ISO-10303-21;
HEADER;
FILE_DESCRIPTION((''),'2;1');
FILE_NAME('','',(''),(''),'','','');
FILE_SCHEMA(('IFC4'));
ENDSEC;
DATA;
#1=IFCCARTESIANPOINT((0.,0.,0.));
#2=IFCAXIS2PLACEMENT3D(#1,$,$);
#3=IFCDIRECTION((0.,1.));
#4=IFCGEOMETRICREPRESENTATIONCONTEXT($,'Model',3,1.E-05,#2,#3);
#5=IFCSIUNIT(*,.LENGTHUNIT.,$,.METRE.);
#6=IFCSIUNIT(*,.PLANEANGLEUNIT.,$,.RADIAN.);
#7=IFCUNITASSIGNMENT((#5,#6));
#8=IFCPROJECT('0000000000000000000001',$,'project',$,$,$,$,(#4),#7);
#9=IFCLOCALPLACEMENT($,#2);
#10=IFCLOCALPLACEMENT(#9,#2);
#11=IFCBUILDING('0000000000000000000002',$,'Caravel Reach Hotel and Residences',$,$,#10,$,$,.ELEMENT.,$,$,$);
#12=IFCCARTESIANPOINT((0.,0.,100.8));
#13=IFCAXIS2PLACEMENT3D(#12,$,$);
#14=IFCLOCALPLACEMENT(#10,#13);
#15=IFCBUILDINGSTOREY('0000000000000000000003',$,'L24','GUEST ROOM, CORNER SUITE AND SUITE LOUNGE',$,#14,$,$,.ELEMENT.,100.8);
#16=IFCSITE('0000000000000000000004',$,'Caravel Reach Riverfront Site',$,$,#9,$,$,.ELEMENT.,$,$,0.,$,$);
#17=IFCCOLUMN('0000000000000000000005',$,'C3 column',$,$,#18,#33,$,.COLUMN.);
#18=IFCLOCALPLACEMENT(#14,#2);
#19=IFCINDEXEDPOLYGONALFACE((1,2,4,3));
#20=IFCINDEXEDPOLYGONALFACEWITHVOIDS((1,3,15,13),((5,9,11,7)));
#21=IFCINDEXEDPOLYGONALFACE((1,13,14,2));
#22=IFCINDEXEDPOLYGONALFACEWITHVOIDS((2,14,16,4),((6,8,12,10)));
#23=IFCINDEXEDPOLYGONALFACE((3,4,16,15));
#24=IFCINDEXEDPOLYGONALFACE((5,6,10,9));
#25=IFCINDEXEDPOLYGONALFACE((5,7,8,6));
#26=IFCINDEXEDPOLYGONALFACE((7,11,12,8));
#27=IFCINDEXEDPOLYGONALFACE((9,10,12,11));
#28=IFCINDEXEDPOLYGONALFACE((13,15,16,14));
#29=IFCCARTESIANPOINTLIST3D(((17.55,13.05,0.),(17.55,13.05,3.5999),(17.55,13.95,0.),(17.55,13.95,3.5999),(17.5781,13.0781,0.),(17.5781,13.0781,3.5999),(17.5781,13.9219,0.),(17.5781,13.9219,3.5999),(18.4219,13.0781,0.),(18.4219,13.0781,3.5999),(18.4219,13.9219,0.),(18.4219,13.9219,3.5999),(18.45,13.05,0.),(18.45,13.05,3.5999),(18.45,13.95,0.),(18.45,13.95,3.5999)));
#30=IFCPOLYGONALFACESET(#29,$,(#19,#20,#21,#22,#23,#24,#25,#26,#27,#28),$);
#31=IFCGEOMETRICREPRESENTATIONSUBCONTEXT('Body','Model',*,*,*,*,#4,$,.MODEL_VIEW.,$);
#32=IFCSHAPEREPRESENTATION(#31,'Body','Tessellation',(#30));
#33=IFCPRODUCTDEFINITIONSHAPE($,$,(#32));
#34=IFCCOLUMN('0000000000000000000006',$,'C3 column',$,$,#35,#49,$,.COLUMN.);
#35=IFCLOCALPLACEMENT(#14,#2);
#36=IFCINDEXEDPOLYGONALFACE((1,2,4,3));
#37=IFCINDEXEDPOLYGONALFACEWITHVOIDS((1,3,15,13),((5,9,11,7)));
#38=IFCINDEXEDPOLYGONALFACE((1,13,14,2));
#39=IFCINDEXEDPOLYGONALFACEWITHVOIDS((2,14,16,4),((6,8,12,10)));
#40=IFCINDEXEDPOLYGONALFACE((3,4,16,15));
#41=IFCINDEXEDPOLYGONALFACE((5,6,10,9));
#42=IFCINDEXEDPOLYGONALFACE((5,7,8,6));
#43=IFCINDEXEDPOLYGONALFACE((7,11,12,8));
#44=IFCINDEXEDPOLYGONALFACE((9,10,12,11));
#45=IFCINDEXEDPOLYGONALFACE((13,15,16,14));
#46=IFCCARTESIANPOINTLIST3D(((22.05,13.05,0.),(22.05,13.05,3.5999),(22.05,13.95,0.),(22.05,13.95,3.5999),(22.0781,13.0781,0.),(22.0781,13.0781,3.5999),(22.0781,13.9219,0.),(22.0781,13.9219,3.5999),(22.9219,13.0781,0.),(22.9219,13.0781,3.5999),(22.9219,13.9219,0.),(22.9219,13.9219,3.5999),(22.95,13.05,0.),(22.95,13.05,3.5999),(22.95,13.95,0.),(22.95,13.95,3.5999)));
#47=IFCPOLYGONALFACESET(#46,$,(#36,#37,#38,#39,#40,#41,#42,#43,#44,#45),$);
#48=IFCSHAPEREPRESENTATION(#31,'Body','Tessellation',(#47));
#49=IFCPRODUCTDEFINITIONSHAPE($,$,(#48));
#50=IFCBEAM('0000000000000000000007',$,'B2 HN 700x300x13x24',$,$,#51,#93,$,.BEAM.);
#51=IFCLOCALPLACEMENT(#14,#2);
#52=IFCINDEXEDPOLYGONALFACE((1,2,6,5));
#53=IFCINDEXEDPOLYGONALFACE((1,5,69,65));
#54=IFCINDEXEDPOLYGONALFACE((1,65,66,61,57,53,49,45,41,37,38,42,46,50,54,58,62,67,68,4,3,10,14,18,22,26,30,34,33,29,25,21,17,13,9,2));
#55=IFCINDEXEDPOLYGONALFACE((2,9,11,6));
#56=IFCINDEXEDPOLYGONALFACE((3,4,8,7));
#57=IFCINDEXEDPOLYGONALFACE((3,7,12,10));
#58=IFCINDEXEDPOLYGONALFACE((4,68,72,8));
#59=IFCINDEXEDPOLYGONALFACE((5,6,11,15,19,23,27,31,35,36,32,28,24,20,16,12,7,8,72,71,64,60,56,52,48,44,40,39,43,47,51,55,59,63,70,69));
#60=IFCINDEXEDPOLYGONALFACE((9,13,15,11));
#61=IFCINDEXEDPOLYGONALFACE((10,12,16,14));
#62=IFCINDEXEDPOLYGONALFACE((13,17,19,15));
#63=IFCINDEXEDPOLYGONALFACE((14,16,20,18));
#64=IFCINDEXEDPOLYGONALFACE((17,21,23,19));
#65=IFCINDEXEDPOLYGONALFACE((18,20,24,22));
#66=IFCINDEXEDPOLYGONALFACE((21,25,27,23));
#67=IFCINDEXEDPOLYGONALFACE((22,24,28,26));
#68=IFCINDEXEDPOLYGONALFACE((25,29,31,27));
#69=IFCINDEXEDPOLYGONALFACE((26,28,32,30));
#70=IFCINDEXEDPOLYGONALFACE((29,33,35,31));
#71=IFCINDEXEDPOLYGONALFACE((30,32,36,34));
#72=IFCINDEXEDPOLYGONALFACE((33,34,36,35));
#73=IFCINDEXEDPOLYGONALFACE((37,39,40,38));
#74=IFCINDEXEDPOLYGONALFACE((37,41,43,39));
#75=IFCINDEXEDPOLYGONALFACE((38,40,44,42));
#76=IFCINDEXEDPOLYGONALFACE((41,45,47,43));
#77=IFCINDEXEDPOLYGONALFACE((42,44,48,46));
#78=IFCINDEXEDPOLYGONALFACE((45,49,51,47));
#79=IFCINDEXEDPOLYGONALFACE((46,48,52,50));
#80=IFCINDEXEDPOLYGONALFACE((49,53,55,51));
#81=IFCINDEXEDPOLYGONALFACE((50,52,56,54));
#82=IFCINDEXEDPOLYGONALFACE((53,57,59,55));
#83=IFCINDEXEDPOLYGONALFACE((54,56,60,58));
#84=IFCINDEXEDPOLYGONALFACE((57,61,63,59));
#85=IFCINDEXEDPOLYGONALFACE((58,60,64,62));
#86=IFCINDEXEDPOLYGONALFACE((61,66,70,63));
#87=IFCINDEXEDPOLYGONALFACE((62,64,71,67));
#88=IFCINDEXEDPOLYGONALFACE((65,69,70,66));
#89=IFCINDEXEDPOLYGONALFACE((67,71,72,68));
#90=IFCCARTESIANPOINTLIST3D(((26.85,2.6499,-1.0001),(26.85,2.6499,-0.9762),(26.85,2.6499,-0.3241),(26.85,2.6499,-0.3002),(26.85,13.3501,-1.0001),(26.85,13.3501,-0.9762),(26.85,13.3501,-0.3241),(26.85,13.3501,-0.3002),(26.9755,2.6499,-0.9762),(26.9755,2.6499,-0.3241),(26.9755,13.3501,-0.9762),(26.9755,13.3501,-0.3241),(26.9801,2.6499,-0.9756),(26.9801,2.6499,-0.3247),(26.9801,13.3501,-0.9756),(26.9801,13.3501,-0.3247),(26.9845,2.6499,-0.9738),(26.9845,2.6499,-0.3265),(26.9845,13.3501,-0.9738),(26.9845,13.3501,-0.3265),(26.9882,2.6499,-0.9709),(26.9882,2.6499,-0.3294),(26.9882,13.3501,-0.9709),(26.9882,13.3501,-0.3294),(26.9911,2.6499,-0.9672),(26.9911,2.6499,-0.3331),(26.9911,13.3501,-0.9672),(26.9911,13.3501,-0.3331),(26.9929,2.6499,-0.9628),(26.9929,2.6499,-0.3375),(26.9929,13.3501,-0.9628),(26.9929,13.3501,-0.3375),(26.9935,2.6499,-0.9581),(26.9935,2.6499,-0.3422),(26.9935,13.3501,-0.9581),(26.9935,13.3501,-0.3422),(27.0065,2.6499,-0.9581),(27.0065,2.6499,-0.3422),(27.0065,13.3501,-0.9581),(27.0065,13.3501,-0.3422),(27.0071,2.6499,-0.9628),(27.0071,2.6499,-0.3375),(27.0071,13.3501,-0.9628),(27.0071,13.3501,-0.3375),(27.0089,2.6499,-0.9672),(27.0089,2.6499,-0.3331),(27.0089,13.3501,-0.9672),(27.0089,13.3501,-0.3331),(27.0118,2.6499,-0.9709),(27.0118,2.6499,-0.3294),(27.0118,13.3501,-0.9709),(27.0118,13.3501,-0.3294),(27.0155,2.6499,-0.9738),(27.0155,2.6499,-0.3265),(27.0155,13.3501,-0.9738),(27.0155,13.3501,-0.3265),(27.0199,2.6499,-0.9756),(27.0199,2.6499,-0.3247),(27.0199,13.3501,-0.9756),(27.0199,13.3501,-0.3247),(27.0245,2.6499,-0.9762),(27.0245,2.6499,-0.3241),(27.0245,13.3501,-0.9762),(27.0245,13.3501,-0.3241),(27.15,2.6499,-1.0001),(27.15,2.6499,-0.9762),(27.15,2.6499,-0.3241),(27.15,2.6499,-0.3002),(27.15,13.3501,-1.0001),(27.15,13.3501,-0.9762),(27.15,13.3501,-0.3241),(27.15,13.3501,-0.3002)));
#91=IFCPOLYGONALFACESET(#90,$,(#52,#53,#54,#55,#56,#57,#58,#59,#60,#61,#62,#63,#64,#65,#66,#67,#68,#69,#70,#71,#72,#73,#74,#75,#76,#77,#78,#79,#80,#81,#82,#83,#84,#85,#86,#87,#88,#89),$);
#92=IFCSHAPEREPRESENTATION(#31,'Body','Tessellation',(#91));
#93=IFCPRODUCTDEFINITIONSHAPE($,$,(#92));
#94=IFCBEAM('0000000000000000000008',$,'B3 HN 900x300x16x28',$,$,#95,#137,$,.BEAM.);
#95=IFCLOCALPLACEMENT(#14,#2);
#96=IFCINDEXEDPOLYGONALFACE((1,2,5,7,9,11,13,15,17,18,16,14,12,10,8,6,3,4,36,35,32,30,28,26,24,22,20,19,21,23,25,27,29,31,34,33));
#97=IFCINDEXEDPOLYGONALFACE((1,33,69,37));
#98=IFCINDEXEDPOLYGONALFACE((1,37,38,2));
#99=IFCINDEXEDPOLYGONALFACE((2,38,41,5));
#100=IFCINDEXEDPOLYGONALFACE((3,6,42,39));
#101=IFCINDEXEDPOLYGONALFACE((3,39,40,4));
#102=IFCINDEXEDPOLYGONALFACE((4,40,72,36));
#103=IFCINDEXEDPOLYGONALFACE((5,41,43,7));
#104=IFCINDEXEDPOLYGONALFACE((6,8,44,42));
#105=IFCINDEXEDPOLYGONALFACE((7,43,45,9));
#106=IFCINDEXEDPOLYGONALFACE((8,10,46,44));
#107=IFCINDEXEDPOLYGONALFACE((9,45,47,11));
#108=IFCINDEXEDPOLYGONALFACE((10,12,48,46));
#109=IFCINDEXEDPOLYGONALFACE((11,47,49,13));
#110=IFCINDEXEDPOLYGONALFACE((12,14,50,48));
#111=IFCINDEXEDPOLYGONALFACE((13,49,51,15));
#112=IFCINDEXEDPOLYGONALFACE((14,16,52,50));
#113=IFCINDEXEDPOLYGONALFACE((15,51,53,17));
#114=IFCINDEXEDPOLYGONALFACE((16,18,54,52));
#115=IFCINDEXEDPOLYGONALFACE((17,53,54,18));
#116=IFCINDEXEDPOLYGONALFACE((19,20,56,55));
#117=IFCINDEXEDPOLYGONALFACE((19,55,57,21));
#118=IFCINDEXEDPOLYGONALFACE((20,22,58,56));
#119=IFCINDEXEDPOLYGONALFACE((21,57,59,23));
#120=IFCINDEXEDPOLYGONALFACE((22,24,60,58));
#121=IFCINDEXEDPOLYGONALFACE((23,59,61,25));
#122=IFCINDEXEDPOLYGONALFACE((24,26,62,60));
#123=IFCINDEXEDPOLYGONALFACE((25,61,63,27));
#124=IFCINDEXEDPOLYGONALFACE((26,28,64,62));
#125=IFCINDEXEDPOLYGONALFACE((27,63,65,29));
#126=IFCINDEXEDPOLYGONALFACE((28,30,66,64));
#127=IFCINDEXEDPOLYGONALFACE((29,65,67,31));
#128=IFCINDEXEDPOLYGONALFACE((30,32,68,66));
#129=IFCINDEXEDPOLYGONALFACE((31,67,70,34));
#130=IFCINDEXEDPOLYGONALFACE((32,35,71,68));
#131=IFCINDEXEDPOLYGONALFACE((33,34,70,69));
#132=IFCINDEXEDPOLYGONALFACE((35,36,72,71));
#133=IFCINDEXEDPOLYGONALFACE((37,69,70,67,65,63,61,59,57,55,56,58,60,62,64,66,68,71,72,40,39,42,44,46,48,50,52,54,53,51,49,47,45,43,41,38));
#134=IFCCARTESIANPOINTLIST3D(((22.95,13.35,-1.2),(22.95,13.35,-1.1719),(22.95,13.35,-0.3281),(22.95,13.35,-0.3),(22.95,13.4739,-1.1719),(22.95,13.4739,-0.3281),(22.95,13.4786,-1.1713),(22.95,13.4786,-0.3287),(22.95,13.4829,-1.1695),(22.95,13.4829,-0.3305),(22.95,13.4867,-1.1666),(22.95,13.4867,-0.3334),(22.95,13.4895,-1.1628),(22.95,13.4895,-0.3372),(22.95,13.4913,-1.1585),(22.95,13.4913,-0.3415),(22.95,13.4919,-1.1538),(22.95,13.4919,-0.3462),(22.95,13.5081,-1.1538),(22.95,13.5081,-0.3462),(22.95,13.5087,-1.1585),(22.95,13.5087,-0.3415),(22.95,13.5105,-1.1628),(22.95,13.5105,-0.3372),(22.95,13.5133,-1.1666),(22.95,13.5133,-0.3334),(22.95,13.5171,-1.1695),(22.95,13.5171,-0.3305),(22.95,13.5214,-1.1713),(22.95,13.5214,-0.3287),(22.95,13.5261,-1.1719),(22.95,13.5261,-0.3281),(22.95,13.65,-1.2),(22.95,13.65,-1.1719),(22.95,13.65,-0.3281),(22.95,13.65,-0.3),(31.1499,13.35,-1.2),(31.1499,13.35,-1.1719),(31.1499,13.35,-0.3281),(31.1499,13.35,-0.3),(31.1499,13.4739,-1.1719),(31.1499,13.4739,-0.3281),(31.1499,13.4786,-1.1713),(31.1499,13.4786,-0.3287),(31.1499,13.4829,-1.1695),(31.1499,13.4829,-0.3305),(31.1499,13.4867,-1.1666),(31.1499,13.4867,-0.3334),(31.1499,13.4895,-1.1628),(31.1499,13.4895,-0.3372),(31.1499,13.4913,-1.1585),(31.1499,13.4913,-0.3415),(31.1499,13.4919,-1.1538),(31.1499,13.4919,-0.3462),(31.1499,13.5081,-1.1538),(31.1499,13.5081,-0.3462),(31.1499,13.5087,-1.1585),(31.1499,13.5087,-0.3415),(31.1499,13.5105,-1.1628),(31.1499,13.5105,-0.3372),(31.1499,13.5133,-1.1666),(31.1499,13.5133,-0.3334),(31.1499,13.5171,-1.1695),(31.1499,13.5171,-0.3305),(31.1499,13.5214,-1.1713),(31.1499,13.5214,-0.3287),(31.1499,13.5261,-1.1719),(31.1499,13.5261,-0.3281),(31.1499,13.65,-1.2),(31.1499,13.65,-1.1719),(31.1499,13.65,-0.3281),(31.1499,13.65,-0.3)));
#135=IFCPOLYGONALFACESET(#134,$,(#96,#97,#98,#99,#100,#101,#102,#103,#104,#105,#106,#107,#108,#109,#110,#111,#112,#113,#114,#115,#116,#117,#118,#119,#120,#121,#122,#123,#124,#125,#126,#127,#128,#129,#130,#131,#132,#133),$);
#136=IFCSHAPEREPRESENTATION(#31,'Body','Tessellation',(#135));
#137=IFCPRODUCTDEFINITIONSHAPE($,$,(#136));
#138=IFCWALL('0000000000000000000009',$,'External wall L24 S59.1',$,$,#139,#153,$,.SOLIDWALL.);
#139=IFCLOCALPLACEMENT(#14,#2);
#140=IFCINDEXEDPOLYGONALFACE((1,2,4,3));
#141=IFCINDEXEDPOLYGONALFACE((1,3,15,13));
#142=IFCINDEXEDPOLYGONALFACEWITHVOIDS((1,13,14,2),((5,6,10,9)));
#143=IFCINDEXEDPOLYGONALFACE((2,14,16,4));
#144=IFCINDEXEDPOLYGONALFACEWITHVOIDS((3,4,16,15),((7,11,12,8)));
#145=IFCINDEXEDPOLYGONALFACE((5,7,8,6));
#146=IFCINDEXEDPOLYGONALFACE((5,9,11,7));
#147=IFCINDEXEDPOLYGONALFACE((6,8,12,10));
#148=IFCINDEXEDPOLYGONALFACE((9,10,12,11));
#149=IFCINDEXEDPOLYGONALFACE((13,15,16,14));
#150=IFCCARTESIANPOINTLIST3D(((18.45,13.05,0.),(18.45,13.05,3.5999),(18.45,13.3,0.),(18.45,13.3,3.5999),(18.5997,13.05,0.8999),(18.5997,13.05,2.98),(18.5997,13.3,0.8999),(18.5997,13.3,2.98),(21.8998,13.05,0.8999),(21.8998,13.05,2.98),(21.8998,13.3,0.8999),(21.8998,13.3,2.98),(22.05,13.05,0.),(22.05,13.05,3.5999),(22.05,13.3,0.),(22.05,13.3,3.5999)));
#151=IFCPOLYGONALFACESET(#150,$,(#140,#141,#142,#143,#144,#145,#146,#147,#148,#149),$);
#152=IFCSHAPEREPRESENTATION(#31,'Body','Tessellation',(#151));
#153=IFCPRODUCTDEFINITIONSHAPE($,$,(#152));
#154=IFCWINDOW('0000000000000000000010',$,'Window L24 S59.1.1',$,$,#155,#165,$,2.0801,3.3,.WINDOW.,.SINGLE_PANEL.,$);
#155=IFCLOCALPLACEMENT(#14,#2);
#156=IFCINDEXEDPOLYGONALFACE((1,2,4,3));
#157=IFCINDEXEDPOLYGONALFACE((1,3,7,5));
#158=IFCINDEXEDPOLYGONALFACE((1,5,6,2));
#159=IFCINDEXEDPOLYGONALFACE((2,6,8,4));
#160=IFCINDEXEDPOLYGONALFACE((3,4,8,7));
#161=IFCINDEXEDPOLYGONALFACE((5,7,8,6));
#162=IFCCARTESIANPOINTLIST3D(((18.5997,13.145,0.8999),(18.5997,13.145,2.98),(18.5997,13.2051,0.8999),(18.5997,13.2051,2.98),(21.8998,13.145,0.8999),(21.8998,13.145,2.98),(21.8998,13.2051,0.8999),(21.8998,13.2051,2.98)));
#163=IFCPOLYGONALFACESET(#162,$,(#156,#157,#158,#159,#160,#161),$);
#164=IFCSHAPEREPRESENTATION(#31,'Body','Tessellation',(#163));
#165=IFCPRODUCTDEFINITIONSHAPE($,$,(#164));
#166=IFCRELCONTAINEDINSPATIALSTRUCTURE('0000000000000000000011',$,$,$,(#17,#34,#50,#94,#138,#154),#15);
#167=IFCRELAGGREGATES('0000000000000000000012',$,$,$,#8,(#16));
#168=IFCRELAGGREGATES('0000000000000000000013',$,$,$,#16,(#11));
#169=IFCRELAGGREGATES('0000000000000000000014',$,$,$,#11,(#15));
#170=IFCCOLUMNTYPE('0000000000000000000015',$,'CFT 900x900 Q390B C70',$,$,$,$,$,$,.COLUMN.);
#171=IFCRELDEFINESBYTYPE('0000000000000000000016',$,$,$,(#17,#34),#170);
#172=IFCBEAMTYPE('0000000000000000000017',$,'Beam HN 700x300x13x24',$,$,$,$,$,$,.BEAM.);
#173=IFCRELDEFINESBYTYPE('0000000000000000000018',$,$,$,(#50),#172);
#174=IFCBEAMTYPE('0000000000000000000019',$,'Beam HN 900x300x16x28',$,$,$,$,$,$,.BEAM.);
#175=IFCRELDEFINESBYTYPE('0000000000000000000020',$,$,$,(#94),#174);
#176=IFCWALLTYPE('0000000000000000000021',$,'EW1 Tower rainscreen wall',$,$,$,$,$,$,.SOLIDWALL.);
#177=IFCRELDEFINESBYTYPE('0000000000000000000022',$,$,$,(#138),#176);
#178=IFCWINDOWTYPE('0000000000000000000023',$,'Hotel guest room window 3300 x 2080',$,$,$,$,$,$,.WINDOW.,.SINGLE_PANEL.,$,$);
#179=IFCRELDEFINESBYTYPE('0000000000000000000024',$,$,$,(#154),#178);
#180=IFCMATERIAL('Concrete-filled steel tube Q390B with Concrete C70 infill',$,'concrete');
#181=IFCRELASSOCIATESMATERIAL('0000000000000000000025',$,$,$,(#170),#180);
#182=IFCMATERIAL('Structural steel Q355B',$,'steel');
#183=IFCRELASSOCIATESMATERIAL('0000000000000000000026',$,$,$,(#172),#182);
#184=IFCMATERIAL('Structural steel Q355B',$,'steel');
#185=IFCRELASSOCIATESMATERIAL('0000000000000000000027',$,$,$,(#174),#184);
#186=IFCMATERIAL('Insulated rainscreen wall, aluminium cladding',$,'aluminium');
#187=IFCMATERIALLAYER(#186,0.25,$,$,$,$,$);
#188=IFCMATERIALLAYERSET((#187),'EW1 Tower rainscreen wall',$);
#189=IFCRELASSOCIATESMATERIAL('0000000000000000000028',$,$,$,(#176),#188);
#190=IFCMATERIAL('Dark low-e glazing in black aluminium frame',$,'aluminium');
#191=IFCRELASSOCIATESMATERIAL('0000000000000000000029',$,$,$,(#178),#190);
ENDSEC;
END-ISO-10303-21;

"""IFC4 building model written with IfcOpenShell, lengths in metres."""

from ifc_helpers import new_model, si_unit, direction, frame, frame_2d, origin, origin_2d, place, context, subcontext, project, spatial, rectangle, hollow_rectangle, i_section, extrude, material, layer, layer_set, material_profile, profile_set, type_object, element, fill, save


model = new_model("IFC4")

# Units and contexts
model_context = context("Model", 3, precision=1e-05, world=origin(), true_north=direction((0.0, 1.0)))
body_context = subcontext(model_context, "Body", "Model", "MODEL_VIEW")
ifc_project = project(units=[si_unit("LENGTHUNIT", "METRE"), si_unit("PLANEANGLEUNIT", "RADIAN")], contexts=[model_context])

# Site, building, storey
site_placement = place(None, origin())
site = spatial("IfcSite", under=ifc_project, at=site_placement, Name="Caravel Reach Riverfront Site", CompositionType="ELEMENT", RefElevation=0.0)
building_placement = place(site_placement, origin())
building = spatial("IfcBuilding", under=site, at=building_placement, Name="Caravel Reach Hotel and Residences", CompositionType="ELEMENT")
storey_placement = place(building_placement, frame((0.0, 0.0, 100.8)))
storey = spatial("IfcBuildingStorey", under=building, at=storey_placement, Name="L24", Description="GUEST ROOM, CORNER SUITE AND SUITE LOUNGE", CompositionType="ELEMENT", Elevation=100.8)

# Columns
ifc_material_1 = material(Name="Concrete-filled steel tube Q390B with Concrete C70 infill", Category="concrete")
ifc_material_profile_1 = material_profile(ifc_material_1, hollow_rectangle(XDim=0.8999, YDim=0.8999, WallThickness=0.0281, at=origin_2d()), Name="RHS 900x900x28")
ifc_profile_set_1 = profile_set([ifc_material_profile_1], Name="Concrete-filled steel tube Q390B with Concrete C70 infill")
column_type = type_object("IfcColumnType", Name="CFT 900x900 Q390B C70", PredefinedType="COLUMN", material=ifc_profile_set_1)
for number, where, z_axis, x_axis, name in (
    (1, (18.0, 13.5, 0.0), (0.0, 0.0, 1.0), (1.0, 0.0, 0.0), "C3 column"),
    (2, (22.5, 13.5, 0.0), (0.0, 0.0, 1.0), (1.0, 0.0, 0.0), "C3 column"),
):
    element("IfcColumn", number, at=place(storey_placement, frame(where, z_axis=z_axis, x_axis=x_axis)), inside=storey, type_object=column_type, Name=name, PredefinedType="COLUMN", context=body_context, shape_type="SweptSolid", body=[
        extrude(hollow_rectangle(XDim=0.8999, YDim=0.8999, WallThickness=0.0281, at=origin_2d()), origin(), (0.0, 0.0, 1.0), 3.5999),
    ])

# Beams
ifc_material_2 = material(Name="Structural steel Q355B", Category="steel")
ifc_material_profile_2 = material_profile(ifc_material_2, i_section(OverallWidth=0.3, OverallDepth=0.7, WebThickness=0.0129, FlangeThickness=0.0239, FilletRadius=0.0181, at=origin_2d()), Name="HN 700x300x13x24")
ifc_profile_set_2 = profile_set([ifc_material_profile_2], Name="Structural steel Q355B")
beam_type_1 = type_object("IfcBeamType", Name="Beam HN 700x300x13x24", PredefinedType="BEAM", material=ifc_profile_set_2)
beam_1_placement = place(storey_placement, frame((27.0, 13.3501, -0.6501), z_axis=(0.0, -1.0, 0.0), x_axis=(1.0, 0.0, 0.0)))
element("IfcBeam", 3, at=beam_1_placement, inside=storey, type_object=beam_type_1, Name="B2 HN 700x300x13x24", PredefinedType="BEAM", context=body_context, shape_type="SweptSolid", body=[
    extrude(i_section(OverallWidth=0.3, OverallDepth=0.7, WebThickness=0.0129, FlangeThickness=0.0239, FilletRadius=0.0181, at=origin_2d()), origin(), (0.0, 0.0, 1.0), 10.7002),
])
ifc_material_3 = material(Name="Structural steel Q355B", Category="steel")
ifc_material_profile_3 = material_profile(ifc_material_3, i_section(OverallWidth=0.3, OverallDepth=0.8999, WebThickness=0.0161, FlangeThickness=0.0281, FilletRadius=0.0181, at=origin_2d()), Name="HN 900x300x16x28")
ifc_profile_set_3 = profile_set([ifc_material_profile_3], Name="Structural steel Q355B")
beam_type_2 = type_object("IfcBeamType", Name="Beam HN 900x300x16x28", PredefinedType="BEAM", material=ifc_profile_set_3)
beam_2_placement = place(storey_placement, frame((22.95, 13.5, -0.75), z_axis=(1.0, 0.0, 0.0), x_axis=(0.0, 1.0, 0.0)))
element("IfcBeam", 4, at=beam_2_placement, inside=storey, type_object=beam_type_2, Name="B3 HN 900x300x16x28", PredefinedType="BEAM", context=body_context, shape_type="SweptSolid", body=[
    extrude(i_section(OverallWidth=0.3, OverallDepth=0.8999, WebThickness=0.0161, FlangeThickness=0.0281, FilletRadius=0.0181, at=origin_2d()), origin(), (0.0, 0.0, 1.0), 8.2),
])

# Wall, opening, window
ifc_material_4 = material(Name="Insulated rainscreen wall, aluminium cladding", Category="aluminium")
ifc_layer_1 = layer(ifc_material_4, 0.25)
ifc_layer_set_1 = layer_set([ifc_layer_1], Name="EW1 Tower rainscreen wall")
wall_type_1 = type_object("IfcWallType", Name="EW1 Tower rainscreen wall", PredefinedType="SOLIDWALL", material=ifc_layer_set_1)
wall_1_placement = place(storey_placement, frame((18.45, 13.175, 0.0), z_axis=(0.0, 0.0, 1.0), x_axis=(1.0, 0.0, 0.0)))
wall_1 = element("IfcWall", 5, at=wall_1_placement, inside=storey, type_object=wall_type_1, Name="External wall L24 S59.1", PredefinedType="SOLIDWALL", context=body_context, shape_type="SweptSolid", body=[
    extrude(rectangle(XDim=3.6001, YDim=0.25, at=frame_2d((1.8, 0.0))), origin(), (0.0, 0.0, 1.0), 3.5999),
])
opening_1_placement = place(wall_1_placement, frame((0.1499, 0.0, 0.8999)))
opening_1 = element("IfcOpeningElement", 6, at=opening_1_placement, cuts=wall_1, PredefinedType="OPENING", context=body_context, shape_type="SweptSolid", body=[
    extrude(rectangle(XDim=3.3, YDim=2.0801, at=frame_2d((1.6499, 1.04))), frame((0.0, 0.135, 0.0), z_axis=(0.0, -1.0, 0.0), x_axis=(1.0, 0.0, 0.0)), (0.0, 0.0, 1.0), 0.27),
])
ifc_material_5 = material(Name="Dark low-e glazing in black aluminium frame", Category="aluminium")
window_type = type_object("IfcWindowType", Name="Hotel guest room window 3300 x 2080", PartitioningType="SINGLE_PANEL", PredefinedType="WINDOW", material=ifc_material_5)
window_1_placement = place(opening_1_placement, origin())
window_1 = element("IfcWindow", 7, at=window_1_placement, inside=storey, type_object=window_type, Name="Window L24 S59.1.1", OverallHeight=2.0801, OverallWidth=3.3, PartitioningType="SINGLE_PANEL", PredefinedType="WINDOW", context=body_context, shape_type="SweptSolid", body=[
    extrude(rectangle(XDim=3.3, YDim=2.0801, at=frame_2d((1.6499, 1.04))), frame((0.0, 0.03, 0.0), z_axis=(0.0, -1.0, 0.0), x_axis=(1.0, 0.0, 0.0)), (0.0, 0.0, 1.0), 0.0601),
])
fill(opening_1, window_1)

save(model, "model.ifc")
